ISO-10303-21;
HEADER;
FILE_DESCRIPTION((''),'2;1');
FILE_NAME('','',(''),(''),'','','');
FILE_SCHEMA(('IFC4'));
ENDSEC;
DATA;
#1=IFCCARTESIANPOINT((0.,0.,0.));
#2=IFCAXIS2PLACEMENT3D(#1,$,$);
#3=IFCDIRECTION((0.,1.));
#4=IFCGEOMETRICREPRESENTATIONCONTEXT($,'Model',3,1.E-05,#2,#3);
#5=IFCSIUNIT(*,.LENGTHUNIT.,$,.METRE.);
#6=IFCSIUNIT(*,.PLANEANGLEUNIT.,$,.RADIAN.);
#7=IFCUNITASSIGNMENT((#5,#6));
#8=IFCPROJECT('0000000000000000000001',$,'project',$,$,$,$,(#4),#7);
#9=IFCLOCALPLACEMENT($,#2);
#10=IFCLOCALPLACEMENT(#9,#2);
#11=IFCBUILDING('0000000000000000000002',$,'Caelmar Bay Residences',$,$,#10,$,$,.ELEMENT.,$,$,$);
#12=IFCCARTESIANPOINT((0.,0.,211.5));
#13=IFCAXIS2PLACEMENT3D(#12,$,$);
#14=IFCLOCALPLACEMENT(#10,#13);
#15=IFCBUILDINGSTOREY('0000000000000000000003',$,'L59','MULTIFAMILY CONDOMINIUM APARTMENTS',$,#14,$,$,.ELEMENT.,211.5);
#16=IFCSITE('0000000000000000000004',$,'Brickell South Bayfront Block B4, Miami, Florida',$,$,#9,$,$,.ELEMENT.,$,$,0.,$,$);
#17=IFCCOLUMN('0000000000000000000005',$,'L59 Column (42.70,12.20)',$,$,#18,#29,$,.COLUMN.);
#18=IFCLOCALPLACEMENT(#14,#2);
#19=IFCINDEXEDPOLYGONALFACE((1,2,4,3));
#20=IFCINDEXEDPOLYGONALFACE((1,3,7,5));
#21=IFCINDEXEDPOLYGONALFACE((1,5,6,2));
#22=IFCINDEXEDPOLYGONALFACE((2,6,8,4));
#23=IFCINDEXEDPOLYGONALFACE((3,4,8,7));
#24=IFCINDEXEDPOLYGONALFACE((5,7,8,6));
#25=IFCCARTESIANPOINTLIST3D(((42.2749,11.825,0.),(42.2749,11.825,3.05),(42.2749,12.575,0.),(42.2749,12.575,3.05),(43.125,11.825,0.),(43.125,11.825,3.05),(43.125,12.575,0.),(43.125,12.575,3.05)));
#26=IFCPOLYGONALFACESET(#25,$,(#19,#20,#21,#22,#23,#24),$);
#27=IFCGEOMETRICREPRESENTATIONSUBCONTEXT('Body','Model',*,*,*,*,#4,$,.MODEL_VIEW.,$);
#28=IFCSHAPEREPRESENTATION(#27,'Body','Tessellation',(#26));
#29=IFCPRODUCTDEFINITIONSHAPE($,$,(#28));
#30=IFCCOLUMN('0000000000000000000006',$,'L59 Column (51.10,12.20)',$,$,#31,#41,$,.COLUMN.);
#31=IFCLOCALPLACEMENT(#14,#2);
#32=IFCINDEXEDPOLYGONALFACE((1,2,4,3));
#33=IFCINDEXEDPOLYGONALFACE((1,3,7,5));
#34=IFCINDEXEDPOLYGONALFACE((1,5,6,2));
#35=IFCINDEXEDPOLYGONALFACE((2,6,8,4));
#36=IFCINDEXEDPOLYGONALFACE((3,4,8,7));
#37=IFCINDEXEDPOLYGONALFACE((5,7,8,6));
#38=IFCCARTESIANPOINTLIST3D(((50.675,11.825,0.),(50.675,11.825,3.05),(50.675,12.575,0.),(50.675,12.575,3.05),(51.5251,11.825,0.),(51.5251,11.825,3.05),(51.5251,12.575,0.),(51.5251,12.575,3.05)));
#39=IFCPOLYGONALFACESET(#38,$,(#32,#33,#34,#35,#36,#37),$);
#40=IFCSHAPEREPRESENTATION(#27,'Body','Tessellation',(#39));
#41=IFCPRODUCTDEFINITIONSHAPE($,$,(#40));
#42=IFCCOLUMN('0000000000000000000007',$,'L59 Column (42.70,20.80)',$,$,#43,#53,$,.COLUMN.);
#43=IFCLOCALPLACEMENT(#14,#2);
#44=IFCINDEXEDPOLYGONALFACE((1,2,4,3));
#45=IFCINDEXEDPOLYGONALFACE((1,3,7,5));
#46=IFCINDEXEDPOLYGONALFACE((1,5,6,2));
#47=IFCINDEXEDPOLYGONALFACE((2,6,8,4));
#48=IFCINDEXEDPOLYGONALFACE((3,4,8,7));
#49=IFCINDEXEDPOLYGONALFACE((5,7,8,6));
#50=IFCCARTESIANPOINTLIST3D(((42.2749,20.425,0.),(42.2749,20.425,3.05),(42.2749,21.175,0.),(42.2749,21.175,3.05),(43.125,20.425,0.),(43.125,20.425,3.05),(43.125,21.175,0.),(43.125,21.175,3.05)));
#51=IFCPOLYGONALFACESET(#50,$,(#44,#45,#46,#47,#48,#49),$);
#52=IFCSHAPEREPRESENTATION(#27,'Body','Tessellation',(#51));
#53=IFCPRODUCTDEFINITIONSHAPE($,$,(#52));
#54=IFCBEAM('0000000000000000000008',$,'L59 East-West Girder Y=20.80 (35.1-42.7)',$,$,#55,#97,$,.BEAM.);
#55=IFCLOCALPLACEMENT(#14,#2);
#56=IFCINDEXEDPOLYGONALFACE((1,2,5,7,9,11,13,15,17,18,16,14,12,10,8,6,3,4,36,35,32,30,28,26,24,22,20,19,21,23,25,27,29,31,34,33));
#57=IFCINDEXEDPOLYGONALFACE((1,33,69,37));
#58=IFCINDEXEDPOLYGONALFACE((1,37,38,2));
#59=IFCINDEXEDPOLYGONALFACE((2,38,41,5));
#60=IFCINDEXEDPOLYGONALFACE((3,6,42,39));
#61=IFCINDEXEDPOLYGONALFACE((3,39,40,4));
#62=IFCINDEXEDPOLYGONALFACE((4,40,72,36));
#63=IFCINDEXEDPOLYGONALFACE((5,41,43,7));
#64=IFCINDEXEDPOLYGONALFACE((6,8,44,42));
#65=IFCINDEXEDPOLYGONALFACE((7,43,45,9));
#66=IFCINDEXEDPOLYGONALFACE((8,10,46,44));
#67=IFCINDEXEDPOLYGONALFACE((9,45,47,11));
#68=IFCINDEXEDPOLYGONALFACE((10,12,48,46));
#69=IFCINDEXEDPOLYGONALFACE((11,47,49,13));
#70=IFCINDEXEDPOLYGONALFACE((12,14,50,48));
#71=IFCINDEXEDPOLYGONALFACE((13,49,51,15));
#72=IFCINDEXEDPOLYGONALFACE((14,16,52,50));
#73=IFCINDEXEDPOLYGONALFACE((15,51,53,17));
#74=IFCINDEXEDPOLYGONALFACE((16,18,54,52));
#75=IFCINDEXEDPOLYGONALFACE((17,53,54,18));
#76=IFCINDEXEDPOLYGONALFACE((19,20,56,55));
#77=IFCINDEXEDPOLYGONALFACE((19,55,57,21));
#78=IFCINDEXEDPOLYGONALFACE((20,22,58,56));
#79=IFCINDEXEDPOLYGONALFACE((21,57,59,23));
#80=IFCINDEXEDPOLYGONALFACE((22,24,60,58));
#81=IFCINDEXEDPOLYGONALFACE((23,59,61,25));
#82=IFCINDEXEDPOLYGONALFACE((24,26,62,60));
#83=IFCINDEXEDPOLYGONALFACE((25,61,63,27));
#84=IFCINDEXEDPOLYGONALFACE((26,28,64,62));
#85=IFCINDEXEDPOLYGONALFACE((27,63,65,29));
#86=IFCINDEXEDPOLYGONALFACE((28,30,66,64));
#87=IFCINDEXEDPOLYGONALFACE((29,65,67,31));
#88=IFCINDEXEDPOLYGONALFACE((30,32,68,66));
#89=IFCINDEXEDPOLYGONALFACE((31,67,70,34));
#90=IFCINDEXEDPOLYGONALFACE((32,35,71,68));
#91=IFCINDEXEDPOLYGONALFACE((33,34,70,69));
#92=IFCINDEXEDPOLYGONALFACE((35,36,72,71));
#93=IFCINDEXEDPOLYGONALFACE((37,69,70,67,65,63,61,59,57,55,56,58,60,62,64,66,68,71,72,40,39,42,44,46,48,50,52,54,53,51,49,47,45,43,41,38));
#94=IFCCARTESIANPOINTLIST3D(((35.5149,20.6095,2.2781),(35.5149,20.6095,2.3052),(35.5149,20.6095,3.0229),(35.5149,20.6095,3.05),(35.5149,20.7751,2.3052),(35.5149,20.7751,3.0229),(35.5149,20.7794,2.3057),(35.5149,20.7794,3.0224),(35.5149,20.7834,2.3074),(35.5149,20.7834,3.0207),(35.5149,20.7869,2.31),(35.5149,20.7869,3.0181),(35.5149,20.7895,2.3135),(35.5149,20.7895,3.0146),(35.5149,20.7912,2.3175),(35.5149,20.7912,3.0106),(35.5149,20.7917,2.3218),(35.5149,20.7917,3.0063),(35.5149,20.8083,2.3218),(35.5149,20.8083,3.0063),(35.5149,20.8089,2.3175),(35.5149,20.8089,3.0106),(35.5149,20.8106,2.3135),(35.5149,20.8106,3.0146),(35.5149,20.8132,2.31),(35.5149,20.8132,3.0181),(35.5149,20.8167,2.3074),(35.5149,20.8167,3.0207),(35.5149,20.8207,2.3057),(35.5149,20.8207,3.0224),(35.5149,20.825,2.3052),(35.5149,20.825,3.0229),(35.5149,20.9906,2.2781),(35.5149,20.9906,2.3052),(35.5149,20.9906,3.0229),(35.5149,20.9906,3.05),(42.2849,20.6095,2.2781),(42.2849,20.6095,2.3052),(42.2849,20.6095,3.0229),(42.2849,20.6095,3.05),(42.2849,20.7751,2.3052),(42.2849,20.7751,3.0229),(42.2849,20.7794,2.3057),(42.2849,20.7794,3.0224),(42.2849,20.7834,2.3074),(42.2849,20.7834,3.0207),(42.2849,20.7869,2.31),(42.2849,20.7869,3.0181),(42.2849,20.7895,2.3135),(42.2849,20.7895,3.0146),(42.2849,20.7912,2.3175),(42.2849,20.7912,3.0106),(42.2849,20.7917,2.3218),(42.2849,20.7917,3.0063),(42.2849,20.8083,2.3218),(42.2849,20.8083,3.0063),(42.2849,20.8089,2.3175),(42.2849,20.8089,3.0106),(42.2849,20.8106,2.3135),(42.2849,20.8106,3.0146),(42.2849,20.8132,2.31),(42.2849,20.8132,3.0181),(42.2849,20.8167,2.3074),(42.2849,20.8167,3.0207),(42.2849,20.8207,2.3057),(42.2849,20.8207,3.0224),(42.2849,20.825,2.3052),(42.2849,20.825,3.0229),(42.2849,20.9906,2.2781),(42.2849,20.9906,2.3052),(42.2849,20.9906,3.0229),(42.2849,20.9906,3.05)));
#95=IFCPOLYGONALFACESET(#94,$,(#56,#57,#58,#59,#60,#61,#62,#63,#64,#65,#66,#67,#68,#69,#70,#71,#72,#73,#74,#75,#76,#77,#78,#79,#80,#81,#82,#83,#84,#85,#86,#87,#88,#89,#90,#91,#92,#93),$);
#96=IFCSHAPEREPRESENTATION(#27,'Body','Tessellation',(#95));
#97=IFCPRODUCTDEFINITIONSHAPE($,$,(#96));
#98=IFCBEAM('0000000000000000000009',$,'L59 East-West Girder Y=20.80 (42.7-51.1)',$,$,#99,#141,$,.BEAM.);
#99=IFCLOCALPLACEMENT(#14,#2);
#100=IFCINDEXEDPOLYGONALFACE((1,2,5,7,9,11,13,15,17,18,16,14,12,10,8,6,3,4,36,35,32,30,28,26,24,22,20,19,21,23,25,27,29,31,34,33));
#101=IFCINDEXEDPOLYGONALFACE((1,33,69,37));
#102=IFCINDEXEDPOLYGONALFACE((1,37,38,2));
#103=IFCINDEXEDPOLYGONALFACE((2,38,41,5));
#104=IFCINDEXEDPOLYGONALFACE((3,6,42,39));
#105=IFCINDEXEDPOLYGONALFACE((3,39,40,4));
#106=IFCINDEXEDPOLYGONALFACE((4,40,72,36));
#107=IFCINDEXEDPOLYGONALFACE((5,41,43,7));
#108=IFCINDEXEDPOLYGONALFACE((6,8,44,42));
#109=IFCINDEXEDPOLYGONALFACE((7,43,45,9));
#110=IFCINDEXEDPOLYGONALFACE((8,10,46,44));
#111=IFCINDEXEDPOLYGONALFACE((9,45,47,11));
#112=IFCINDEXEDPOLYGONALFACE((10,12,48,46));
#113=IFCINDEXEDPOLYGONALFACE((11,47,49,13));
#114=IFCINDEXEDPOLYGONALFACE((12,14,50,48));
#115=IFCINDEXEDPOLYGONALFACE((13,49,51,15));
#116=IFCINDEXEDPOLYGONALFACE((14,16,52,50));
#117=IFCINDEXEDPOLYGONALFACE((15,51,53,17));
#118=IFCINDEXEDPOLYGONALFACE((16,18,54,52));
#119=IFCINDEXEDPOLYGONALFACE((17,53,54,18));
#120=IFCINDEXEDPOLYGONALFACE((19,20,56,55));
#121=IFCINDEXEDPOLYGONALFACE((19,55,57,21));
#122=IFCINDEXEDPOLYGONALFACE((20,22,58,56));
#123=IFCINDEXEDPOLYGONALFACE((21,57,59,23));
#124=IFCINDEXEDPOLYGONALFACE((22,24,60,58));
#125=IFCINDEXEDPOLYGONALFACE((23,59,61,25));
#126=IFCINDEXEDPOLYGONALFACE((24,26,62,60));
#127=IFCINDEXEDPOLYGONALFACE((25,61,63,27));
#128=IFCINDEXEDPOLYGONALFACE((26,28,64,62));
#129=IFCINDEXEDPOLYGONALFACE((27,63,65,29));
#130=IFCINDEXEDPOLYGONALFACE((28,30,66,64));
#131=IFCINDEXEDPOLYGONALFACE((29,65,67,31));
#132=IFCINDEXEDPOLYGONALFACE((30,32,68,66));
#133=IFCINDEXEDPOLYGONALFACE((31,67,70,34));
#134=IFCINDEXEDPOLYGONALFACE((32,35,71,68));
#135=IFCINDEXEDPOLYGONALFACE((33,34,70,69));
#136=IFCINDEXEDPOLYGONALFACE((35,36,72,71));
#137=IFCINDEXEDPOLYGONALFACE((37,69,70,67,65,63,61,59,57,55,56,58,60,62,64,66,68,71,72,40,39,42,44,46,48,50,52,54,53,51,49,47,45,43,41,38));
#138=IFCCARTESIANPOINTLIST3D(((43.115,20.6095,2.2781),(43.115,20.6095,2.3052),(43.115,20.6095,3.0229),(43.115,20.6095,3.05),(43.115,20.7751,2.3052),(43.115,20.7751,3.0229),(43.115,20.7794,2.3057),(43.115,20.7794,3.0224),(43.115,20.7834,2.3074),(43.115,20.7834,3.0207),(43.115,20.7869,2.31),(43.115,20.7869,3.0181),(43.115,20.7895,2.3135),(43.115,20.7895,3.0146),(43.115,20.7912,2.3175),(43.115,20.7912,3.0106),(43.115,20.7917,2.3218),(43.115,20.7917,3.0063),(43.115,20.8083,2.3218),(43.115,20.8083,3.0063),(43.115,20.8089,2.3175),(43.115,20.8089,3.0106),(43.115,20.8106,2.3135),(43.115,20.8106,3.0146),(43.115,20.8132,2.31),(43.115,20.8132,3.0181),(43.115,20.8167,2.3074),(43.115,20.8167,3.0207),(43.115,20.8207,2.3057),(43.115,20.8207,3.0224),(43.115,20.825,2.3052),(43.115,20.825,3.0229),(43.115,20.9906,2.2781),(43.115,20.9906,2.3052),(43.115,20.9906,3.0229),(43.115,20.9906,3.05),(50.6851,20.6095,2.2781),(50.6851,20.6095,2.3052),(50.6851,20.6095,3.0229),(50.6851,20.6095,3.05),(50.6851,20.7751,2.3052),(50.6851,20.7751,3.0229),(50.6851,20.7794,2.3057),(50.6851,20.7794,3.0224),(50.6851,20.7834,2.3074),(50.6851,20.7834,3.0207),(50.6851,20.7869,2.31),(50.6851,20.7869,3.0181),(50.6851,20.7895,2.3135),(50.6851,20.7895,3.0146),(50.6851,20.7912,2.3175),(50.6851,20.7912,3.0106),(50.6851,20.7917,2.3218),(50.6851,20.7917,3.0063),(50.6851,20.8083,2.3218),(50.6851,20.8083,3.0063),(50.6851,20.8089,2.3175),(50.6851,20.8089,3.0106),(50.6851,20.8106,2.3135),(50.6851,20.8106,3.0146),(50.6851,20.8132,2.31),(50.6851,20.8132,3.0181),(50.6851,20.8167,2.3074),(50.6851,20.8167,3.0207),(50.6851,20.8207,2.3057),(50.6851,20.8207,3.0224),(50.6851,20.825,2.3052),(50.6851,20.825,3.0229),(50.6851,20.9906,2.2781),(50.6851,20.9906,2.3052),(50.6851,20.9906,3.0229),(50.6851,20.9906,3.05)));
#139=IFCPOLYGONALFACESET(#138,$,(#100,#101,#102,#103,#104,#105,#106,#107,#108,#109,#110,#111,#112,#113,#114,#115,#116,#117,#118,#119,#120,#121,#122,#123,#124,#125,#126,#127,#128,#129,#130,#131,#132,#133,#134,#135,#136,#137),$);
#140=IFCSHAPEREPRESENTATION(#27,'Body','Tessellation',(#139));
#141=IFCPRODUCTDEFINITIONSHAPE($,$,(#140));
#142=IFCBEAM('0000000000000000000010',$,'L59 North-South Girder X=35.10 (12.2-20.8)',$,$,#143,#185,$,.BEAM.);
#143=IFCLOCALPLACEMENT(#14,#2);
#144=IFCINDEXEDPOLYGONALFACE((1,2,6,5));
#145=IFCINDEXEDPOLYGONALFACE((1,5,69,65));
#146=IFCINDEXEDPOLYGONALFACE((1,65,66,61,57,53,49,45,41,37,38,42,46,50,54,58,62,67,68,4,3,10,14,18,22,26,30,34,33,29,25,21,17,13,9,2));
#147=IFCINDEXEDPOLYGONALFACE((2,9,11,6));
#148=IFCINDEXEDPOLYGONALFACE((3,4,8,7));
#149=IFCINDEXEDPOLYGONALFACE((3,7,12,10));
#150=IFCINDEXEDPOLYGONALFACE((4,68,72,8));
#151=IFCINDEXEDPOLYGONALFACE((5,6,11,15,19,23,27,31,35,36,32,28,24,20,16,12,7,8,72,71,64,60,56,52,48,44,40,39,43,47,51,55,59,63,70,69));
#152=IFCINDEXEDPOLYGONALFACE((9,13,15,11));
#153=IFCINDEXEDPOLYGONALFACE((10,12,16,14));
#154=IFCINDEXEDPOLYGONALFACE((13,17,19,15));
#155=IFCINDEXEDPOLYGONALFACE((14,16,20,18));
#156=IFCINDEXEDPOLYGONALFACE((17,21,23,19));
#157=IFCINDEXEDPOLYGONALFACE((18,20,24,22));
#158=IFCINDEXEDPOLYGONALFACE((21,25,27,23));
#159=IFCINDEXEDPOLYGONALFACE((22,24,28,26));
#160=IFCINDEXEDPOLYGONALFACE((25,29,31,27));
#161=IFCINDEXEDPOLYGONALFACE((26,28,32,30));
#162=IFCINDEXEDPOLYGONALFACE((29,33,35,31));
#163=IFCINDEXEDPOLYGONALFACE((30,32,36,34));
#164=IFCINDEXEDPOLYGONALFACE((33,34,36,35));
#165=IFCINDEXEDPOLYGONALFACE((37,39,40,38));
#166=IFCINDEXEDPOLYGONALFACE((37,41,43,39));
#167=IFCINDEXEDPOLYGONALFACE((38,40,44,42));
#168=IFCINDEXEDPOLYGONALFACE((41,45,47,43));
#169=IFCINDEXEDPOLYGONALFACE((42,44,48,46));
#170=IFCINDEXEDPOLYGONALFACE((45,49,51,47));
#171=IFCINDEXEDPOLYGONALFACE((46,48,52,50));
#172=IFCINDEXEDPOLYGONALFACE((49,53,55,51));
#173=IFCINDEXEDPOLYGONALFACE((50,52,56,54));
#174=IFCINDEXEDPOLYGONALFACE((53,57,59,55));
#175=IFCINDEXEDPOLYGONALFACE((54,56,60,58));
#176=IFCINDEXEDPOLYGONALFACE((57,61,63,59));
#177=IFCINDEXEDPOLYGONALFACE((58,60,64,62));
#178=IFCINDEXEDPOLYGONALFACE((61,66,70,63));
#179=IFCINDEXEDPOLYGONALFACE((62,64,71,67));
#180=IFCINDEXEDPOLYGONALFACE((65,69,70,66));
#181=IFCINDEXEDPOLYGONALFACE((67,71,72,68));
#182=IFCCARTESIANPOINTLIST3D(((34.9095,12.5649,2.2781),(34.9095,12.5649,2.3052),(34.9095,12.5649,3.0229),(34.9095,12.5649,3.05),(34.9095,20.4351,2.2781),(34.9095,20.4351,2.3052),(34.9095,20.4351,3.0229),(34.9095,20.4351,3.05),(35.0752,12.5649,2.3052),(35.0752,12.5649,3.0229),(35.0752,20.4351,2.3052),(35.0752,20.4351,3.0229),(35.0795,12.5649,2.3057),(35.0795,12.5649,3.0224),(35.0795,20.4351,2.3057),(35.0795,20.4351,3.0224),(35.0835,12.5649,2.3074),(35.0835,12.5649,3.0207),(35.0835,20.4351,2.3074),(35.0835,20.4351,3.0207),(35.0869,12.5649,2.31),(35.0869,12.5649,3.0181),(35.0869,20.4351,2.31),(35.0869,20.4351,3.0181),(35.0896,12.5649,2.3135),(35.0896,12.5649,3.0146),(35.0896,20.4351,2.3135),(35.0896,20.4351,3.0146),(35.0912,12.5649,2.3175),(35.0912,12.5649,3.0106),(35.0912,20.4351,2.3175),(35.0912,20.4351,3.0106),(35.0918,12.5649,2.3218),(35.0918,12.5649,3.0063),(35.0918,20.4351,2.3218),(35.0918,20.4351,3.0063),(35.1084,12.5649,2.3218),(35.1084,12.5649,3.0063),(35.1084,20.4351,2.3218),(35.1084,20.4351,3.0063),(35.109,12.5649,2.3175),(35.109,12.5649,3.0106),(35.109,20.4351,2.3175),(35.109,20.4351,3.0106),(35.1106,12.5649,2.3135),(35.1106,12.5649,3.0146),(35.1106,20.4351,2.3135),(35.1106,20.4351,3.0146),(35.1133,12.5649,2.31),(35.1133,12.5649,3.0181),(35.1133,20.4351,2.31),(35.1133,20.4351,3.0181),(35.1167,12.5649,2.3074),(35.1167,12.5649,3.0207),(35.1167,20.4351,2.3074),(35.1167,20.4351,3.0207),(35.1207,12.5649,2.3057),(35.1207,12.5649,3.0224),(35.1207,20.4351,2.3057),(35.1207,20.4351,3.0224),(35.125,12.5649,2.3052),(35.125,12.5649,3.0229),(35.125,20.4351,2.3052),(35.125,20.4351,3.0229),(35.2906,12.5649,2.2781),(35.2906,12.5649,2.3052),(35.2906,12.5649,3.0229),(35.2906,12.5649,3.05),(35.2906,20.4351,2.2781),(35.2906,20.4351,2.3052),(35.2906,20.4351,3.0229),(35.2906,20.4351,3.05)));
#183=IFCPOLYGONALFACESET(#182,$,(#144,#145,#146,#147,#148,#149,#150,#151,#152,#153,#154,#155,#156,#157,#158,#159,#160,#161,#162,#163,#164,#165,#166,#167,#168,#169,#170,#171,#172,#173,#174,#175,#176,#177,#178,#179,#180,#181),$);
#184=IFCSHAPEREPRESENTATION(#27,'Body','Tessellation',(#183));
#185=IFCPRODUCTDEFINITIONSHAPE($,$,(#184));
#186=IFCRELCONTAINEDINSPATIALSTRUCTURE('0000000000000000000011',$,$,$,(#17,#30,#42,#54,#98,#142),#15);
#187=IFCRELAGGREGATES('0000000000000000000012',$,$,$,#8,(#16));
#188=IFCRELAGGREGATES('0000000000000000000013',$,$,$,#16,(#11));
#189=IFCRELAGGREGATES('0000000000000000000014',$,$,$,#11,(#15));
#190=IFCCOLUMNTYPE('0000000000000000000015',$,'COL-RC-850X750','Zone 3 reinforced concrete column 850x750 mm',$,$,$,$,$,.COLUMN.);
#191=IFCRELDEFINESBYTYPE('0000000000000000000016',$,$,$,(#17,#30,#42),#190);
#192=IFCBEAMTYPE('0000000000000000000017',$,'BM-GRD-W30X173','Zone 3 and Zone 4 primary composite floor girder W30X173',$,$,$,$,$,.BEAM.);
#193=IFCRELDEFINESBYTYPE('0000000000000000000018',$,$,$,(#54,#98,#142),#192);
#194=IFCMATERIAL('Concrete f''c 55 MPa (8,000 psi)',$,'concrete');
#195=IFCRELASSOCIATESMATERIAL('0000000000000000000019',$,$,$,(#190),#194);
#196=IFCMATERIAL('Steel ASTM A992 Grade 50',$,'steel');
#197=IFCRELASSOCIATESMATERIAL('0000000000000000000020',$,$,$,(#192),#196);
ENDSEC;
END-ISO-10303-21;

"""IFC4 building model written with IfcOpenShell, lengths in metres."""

from ifc_helpers import new_model, si_unit, direction, frame, origin, origin_2d, place, context, subcontext, project, spatial, rectangle, i_section, extrude, material, material_profile, profile_set, type_object, element, save


model = new_model("IFC4")

# Units and contexts
model_context = context("Model", 3, precision=1e-05, world=origin(), true_north=direction((0.0, 1.0)))
body_context = subcontext(model_context, "Body", "Model", "MODEL_VIEW")
ifc_project = project(units=[si_unit("LENGTHUNIT", "METRE"), si_unit("PLANEANGLEUNIT", "RADIAN")], contexts=[model_context])

# Site, building, storey
site_placement = place(None, origin())
site = spatial("IfcSite", under=ifc_project, at=site_placement, Name="Brickell South Bayfront Block B4, Miami, Florida", CompositionType="ELEMENT", RefElevation=0.0)
building_placement = place(site_placement, origin())
building = spatial("IfcBuilding", under=site, at=building_placement, Name="Caelmar Bay Residences", CompositionType="ELEMENT")
storey_placement = place(building_placement, frame((0.0, 0.0, 211.5)))
storey = spatial("IfcBuildingStorey", under=building, at=storey_placement, Name="L59", Description="MULTIFAMILY CONDOMINIUM APARTMENTS", CompositionType="ELEMENT", Elevation=211.5)

# Columns
ifc_material_1 = material(Name="Concrete f'c 55 MPa (8,000 psi)", Category="concrete")
ifc_material_profile_1 = material_profile(ifc_material_1, rectangle(XDim=0.8501, YDim=0.75, at=origin_2d()), Name="RC-COL-850X750")
ifc_profile_set_1 = profile_set([ifc_material_profile_1], Name="Concrete f'c 55 MPa (8,000 psi)")
column_type = type_object("IfcColumnType", Name="COL-RC-850X750", Description="Zone 3 reinforced concrete column 850x750 mm", PredefinedType="COLUMN", material=ifc_profile_set_1)
for number, where, z_axis, x_axis, name in (
    (1, (42.7, 12.2, 0.0), (0.0, 0.0, 1.0), (1.0, 0.0, 0.0), "L59 Column (42.70,12.20)"),
    (2, (51.1001, 12.2, 0.0), (0.0, 0.0, 1.0), (1.0, 0.0, 0.0), "L59 Column (51.10,12.20)"),
    (3, (42.7, 20.8, 0.0), (0.0, 0.0, 1.0), (1.0, 0.0, 0.0), "L59 Column (42.70,20.80)"),
):
    element("IfcColumn", number, at=place(storey_placement, frame(where, z_axis=z_axis, x_axis=x_axis)), inside=storey, type_object=column_type, Name=name, PredefinedType="COLUMN", context=body_context, shape_type="SweptSolid", body=[
        extrude(rectangle(XDim=0.8501, YDim=0.75, at=origin_2d()), origin(), (0.0, 0.0, 1.0), 3.05),
    ])

# Beams
ifc_material_2 = material(Name="Steel ASTM A992 Grade 50", Category="steel")
ifc_material_profile_2 = material_profile(ifc_material_2, i_section(OverallWidth=0.3811, OverallDepth=0.772, WebThickness=0.0166, FlangeThickness=0.0271, FilletRadius=0.0166, at=origin_2d()), Name="W30X173")
ifc_profile_set_2 = profile_set([ifc_material_profile_2], Name="Steel ASTM A992 Grade 50")
beam_type_1 = type_object("IfcBeamType", Name="BM-GRD-W30X173", Description="Zone 3 and Zone 4 primary composite floor girder W30X173", PredefinedType="BEAM", material=ifc_profile_set_2)
beam_1_placement = place(storey_placement, frame((35.5149, 20.8, 2.6641), z_axis=(1.0, 0.0, 0.0), x_axis=(0.0, 1.0, 0.0)))
element("IfcBeam", 4, at=beam_1_placement, inside=storey, type_object=beam_type_1, Name="L59 East-West Girder Y=20.80 (35.1-42.7)", PredefinedType="BEAM", context=body_context, shape_type="SweptSolid", body=[
    extrude(i_section(OverallWidth=0.3811, OverallDepth=0.772, WebThickness=0.0166, FlangeThickness=0.0271, FilletRadius=0.0166, at=origin_2d()), origin(), (0.0, 0.0, 1.0), 6.77),
])
beam_2_placement = place(storey_placement, frame((43.115, 20.8, 2.6641), z_axis=(1.0, 0.0, 0.0), x_axis=(0.0, 1.0, 0.0)))
element("IfcBeam", 5, at=beam_2_placement, inside=storey, type_object=beam_type_1, Name="L59 East-West Girder Y=20.80 (42.7-51.1)", PredefinedType="BEAM", context=body_context, shape_type="SweptSolid", body=[
    extrude(i_section(OverallWidth=0.3811, OverallDepth=0.772, WebThickness=0.0166, FlangeThickness=0.0271, FilletRadius=0.0166, at=origin_2d()), origin(), (0.0, 0.0, 1.0), 7.5701),
])
beam_3_placement = place(storey_placement, frame((35.1001, 12.5649, 2.6641), z_axis=(0.0, 1.0, 0.0), x_axis=(-1.0, 0.0, 0.0)))
element("IfcBeam", 6, at=beam_3_placement, inside=storey, type_object=beam_type_1, Name="L59 North-South Girder X=35.10 (12.2-20.8)", PredefinedType="BEAM", context=body_context, shape_type="SweptSolid", body=[
    extrude(i_section(OverallWidth=0.3811, OverallDepth=0.772, WebThickness=0.0166, FlangeThickness=0.0271, FilletRadius=0.0166, at=origin_2d()), origin(), (0.0, 0.0, 1.0), 7.8701),
])

save(model, "model.ifc")
